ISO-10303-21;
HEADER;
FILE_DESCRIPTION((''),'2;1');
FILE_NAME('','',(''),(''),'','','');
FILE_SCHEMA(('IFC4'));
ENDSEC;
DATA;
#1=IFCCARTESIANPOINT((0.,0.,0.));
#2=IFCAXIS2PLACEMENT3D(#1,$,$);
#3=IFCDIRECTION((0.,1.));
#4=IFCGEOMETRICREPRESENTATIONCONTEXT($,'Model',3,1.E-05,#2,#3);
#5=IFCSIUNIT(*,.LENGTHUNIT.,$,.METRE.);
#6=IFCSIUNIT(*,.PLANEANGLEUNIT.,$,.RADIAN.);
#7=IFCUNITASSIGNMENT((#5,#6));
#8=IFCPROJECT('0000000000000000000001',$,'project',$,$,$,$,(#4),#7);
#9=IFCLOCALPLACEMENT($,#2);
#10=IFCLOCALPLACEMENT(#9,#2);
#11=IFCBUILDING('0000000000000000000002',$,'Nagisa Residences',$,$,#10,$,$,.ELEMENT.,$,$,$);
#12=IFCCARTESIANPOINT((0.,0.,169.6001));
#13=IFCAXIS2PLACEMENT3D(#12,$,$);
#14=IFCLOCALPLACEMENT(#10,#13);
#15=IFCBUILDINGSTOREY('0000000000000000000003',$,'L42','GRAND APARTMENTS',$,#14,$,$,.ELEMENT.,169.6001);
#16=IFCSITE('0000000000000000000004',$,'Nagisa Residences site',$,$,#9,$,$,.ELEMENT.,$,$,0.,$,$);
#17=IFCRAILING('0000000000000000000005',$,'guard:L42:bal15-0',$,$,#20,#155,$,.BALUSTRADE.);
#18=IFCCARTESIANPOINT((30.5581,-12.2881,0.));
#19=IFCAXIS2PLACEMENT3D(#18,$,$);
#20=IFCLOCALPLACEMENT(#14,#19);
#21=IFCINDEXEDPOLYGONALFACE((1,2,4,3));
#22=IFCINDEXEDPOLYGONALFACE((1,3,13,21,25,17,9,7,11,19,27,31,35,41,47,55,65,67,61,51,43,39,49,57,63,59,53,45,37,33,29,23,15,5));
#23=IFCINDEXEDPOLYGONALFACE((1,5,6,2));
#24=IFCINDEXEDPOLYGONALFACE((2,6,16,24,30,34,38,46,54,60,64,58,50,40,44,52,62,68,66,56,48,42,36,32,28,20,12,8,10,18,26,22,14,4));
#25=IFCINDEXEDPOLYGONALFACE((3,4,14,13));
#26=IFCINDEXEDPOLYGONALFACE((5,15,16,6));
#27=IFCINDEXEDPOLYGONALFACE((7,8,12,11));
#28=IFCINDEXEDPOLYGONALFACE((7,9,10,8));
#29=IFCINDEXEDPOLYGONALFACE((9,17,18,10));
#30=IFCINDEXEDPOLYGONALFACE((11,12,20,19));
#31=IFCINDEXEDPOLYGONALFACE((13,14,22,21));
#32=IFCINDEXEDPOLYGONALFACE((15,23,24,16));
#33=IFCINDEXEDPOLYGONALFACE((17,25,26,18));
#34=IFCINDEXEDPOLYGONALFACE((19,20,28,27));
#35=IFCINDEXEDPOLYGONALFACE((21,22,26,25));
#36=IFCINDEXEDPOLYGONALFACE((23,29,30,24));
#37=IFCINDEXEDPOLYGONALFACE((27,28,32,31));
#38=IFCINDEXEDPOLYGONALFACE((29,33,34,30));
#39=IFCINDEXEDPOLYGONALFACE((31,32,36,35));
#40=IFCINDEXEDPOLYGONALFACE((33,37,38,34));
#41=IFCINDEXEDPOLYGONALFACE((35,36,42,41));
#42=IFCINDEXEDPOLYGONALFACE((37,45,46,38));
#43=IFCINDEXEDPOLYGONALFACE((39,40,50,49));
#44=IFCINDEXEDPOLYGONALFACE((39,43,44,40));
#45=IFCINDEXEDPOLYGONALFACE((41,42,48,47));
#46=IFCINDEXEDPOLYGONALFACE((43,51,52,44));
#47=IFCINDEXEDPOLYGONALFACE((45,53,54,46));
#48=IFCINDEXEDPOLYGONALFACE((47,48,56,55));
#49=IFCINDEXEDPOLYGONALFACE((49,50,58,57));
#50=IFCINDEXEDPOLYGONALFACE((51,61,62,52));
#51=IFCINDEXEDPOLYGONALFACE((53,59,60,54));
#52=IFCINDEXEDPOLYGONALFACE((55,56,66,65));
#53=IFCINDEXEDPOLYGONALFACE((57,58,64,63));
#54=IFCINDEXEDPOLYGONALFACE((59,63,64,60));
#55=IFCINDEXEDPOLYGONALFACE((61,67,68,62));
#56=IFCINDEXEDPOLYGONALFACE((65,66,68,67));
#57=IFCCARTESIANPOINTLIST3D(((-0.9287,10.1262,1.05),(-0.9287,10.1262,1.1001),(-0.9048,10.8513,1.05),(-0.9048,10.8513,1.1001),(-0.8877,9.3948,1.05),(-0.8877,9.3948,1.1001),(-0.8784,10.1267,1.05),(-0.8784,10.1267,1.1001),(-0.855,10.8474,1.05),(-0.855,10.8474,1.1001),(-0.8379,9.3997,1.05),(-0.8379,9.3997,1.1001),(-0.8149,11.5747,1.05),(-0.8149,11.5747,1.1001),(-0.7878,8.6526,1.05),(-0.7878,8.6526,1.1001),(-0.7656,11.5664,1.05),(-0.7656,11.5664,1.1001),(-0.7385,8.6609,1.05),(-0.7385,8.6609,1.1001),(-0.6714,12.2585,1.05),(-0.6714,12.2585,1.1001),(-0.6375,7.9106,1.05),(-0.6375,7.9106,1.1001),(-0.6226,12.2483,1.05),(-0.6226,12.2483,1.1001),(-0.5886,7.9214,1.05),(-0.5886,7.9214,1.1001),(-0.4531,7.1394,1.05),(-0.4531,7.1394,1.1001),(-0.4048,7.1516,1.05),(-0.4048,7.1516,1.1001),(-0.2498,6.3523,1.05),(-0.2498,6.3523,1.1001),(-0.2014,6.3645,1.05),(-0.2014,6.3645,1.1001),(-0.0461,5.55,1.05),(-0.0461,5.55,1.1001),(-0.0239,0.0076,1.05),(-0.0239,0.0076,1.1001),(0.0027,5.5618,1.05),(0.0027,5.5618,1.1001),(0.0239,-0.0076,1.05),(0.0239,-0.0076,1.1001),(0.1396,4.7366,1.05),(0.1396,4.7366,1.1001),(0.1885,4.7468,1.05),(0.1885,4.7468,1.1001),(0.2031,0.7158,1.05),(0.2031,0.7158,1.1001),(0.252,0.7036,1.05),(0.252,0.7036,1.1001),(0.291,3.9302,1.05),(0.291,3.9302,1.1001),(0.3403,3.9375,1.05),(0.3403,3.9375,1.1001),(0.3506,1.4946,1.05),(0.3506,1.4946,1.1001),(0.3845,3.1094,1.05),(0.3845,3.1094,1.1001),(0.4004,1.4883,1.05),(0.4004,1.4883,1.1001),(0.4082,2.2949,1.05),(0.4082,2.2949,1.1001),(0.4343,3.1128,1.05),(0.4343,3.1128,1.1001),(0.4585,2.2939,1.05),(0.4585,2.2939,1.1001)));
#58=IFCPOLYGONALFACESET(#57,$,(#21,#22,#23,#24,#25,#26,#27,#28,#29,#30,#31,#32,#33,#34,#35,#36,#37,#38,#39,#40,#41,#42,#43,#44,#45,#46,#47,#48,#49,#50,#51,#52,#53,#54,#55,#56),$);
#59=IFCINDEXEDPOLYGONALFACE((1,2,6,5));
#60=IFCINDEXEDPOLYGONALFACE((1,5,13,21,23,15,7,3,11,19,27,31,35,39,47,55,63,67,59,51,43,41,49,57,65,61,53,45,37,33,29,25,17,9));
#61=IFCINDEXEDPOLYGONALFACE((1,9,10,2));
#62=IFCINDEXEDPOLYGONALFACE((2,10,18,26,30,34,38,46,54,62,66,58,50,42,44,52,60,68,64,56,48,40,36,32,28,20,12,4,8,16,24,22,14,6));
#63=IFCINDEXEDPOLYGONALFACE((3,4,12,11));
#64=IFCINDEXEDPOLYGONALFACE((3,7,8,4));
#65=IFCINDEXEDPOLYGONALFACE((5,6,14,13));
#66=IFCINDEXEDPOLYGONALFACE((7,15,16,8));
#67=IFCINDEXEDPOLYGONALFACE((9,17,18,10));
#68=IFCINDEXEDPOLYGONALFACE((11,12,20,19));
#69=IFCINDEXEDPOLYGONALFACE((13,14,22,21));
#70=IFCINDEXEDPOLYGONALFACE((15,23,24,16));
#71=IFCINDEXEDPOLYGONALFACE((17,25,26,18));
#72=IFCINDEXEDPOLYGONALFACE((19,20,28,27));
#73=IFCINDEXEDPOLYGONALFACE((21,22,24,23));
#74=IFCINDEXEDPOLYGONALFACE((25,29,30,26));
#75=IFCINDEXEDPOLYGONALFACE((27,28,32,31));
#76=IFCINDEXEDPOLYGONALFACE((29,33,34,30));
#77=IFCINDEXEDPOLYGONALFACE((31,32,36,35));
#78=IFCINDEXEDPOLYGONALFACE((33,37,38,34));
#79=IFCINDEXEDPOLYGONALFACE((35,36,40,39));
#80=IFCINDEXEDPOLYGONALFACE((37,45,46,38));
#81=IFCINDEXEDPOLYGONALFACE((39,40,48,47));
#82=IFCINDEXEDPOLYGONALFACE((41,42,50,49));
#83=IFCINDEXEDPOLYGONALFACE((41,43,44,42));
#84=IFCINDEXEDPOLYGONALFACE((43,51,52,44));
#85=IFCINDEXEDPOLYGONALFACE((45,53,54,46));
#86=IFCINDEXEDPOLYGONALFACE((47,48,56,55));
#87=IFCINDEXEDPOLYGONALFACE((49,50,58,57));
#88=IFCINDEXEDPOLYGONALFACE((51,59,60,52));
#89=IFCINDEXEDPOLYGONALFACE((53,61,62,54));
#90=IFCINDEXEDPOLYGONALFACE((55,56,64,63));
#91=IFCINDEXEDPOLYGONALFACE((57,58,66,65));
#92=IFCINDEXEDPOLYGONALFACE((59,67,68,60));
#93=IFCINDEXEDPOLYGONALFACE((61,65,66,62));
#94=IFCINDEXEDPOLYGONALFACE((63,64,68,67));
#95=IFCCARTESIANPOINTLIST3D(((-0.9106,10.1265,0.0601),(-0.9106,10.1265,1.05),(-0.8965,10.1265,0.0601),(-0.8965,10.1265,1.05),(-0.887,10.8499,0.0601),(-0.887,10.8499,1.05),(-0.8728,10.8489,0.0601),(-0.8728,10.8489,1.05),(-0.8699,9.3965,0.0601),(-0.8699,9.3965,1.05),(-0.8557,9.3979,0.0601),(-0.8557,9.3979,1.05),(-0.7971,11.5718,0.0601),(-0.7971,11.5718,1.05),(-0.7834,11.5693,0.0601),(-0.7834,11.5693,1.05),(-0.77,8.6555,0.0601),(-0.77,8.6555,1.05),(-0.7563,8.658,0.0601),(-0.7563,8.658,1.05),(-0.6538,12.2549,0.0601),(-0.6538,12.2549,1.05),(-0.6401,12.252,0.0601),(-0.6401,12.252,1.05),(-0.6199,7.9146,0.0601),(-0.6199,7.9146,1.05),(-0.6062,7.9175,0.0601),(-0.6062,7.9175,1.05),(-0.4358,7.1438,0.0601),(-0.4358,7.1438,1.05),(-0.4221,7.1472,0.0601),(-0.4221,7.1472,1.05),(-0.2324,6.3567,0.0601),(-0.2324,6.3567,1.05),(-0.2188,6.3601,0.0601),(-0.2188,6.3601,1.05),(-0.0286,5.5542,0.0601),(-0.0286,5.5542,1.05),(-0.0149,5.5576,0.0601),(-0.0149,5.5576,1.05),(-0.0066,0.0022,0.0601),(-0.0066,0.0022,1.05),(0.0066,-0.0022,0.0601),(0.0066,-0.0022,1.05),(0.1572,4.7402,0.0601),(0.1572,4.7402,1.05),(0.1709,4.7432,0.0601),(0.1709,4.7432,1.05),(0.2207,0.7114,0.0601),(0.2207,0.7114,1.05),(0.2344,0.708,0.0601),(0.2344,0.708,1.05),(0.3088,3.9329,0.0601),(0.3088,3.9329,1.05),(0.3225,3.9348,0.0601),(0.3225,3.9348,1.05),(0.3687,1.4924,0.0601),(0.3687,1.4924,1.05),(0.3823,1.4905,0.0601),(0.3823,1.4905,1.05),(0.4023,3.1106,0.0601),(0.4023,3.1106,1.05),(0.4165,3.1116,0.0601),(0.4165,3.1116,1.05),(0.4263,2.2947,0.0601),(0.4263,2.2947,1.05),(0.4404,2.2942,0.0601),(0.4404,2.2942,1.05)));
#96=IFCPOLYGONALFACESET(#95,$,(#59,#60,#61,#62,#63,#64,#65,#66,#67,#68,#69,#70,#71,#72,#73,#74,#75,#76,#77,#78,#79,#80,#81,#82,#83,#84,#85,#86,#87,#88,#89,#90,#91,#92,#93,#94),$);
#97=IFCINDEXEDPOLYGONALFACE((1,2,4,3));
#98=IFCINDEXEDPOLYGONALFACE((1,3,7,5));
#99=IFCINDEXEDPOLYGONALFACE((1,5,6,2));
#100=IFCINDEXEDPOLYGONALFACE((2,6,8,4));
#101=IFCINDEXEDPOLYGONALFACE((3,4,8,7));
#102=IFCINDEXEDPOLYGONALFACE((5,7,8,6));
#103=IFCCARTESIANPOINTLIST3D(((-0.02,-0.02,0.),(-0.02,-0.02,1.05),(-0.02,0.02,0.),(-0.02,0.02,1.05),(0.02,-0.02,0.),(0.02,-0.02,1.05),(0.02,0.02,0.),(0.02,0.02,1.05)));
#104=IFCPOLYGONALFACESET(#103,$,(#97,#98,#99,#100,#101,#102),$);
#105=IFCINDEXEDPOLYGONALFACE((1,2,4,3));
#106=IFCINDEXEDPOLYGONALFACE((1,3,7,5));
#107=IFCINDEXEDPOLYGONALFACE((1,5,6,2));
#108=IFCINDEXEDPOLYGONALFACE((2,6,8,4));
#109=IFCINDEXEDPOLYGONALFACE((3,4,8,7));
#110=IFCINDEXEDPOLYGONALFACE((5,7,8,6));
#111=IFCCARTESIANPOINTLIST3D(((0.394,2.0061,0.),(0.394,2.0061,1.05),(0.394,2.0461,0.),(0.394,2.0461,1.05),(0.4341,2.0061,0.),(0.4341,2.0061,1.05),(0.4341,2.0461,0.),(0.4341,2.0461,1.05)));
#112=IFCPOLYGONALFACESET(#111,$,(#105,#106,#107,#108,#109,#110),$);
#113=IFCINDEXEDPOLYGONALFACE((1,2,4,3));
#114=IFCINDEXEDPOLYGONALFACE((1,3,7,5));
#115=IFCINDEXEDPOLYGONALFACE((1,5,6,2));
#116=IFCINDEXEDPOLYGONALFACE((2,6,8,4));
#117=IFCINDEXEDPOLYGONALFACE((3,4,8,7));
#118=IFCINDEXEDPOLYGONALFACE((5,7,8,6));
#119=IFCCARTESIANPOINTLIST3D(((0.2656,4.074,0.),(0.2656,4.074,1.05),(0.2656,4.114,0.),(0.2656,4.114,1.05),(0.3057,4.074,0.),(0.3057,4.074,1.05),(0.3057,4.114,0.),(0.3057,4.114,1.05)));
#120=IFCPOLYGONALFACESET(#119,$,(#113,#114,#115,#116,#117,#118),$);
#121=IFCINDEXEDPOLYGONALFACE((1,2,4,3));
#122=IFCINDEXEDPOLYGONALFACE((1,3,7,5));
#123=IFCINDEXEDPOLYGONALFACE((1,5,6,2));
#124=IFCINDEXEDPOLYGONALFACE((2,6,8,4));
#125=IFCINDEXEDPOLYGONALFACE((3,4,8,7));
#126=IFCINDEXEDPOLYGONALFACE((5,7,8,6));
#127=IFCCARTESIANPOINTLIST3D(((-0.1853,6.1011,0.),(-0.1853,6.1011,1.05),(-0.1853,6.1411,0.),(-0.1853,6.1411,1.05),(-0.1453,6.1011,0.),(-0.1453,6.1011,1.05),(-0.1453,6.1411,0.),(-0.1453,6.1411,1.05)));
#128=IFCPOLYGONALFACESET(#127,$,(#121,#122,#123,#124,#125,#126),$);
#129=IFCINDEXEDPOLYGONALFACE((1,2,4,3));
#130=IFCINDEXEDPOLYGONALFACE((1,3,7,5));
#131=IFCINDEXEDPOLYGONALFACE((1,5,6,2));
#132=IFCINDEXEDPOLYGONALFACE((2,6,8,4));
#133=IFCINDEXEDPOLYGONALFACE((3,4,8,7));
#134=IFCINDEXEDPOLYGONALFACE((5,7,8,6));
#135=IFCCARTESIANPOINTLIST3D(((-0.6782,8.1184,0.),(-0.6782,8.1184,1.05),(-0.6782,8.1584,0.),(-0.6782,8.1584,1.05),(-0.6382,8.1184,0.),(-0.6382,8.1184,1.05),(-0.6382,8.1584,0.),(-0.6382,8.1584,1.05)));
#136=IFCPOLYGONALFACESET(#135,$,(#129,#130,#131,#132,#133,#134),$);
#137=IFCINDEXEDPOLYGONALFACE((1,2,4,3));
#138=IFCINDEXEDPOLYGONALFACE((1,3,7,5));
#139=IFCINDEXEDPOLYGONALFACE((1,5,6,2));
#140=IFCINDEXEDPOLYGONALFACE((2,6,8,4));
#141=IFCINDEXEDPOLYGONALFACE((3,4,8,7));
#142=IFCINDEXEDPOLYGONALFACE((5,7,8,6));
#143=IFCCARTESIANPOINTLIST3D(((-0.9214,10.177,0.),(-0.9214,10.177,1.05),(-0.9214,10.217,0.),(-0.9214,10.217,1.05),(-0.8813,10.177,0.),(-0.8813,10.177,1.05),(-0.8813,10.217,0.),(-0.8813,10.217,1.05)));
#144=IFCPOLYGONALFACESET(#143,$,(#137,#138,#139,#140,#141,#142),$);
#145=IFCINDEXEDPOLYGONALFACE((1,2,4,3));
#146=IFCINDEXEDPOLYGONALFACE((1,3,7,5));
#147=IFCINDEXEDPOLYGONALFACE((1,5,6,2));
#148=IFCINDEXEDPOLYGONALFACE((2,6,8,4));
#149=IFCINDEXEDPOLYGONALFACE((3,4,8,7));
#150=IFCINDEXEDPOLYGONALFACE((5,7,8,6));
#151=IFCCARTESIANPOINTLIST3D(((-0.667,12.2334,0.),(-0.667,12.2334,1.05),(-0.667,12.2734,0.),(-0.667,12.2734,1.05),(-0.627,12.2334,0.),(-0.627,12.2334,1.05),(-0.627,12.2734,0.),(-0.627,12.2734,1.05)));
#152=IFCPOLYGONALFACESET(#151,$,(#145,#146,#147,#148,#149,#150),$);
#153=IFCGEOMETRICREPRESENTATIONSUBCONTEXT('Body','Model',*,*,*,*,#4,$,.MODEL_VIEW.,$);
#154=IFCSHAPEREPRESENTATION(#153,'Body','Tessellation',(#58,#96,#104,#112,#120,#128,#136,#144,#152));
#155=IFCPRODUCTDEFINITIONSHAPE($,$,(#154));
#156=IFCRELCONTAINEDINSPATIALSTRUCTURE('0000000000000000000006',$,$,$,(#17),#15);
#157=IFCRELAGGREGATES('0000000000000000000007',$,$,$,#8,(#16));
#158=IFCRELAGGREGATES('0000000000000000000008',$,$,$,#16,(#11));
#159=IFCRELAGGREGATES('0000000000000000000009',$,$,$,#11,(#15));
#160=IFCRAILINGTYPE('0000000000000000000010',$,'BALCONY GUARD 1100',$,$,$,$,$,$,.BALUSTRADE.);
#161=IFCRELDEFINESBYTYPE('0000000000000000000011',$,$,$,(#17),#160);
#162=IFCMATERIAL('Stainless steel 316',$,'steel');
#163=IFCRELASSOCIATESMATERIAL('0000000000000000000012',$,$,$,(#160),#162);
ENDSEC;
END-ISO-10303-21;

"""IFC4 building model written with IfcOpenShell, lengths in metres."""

from ifc_helpers import new_model, si_unit, direction, frame, origin, origin_2d, place, context, subcontext, project, spatial, polyline, rectangle, outline, extrude, material, type_object, element, save


model = new_model("IFC4")

# Units and contexts
model_context = context("Model", 3, precision=1e-05, world=origin(), true_north=direction((0.0, 1.0)))
body_context = subcontext(model_context, "Body", "Model", "MODEL_VIEW")
ifc_project = project(units=[si_unit("LENGTHUNIT", "METRE"), si_unit("PLANEANGLEUNIT", "RADIAN")], contexts=[model_context])

# Site, building, storey
site_placement = place(None, origin())
site = spatial("IfcSite", under=ifc_project, at=site_placement, Name="Nagisa Residences site", CompositionType="ELEMENT", RefElevation=0.0)
building_placement = place(site_placement, origin())
building = spatial("IfcBuilding", under=site, at=building_placement, Name="Nagisa Residences", CompositionType="ELEMENT")
storey_placement = place(building_placement, frame((0.0, 0.0, 169.6001)))
storey = spatial("IfcBuildingStorey", under=building, at=storey_placement, Name="L42", Description="GRAND APARTMENTS", CompositionType="ELEMENT", Elevation=169.6001)

# Railing
ifc_material_1 = material(Name="Stainless steel 316", Category="steel")
railing_type = type_object("IfcRailingType", Name="BALCONY GUARD 1100", PredefinedType="BALUSTRADE", material=ifc_material_1)
railing_placement = place(storey_placement, frame((30.5581, -12.2881, 0.0)))
element("IfcRailing", 1, at=railing_placement, inside=storey, type_object=railing_type, Name="guard:L42:bal15-0", PredefinedType="BALUSTRADE", context=body_context, shape_type="SweptSolid", body=[
    extrude(outline(polyline([(0.2031, 0.7158), (-0.0239, 0.0076), (0.0239, -0.0076), (0.252, 0.7036), (0.4004, 1.4883), (0.4585, 2.2939), (0.4343, 3.1128), (0.3403, 3.9375), (0.1885, 4.7468), (0.0027, 5.5618), (-0.2014, 6.3645), (-0.4048, 7.1516), (-0.5886, 7.9214), (-0.7385, 8.6609), (-0.8379, 9.3997), (-0.8784, 10.1267), (-0.855, 10.8474), (-0.7656, 11.5664), (-0.6226, 12.2483), (-0.6714, 12.2585), (-0.8149, 11.5747), (-0.9048, 10.8513), (-0.9287, 10.1262), (-0.8877, 9.3948), (-0.7878, 8.6526), (-0.6375, 7.9106), (-0.4531, 7.1394), (-0.2498, 6.3523), (-0.0461, 5.55), (0.1396, 4.7366), (0.291, 3.9302), (0.3845, 3.1094), (0.4082, 2.2949), (0.3506, 1.4946), (0.2031, 0.7158)])), frame((0.0, 0.0, 1.05)), (0.0, 0.0, 1.0), 0.05),
    extrude(outline(polyline([(0.2207, 0.7114), (-0.0066, 0.0022), (0.0066, -0.0022), (0.2344, 0.708), (0.3823, 1.4905), (0.4404, 2.2942), (0.4165, 3.1116), (0.3225, 3.9348), (0.1709, 4.7432), (-0.0149, 5.5576), (-0.2188, 6.3601), (-0.4221, 7.1472), (-0.6062, 7.9175), (-0.7563, 8.658), (-0.8557, 9.3979), (-0.8965, 10.1265), (-0.8728, 10.8489), (-0.7834, 11.5693), (-0.6401, 12.252), (-0.6538, 12.2549), (-0.7971, 11.5718), (-0.887, 10.8499), (-0.9106, 10.1265), (-0.8699, 9.3965), (-0.77, 8.6555), (-0.6199, 7.9146), (-0.4358, 7.1438), (-0.2324, 6.3567), (-0.0286, 5.5542), (0.1572, 4.7402), (0.3088, 3.9329), (0.4023, 3.1106), (0.4263, 2.2947), (0.3687, 1.4924), (0.2207, 0.7114)])), frame((0.0, 0.0, 0.0601)), (0.0, 0.0, 1.0), 0.99),
    extrude(rectangle(XDim=0.04, YDim=0.04, at=origin_2d()), origin(), (0.0, 0.0, 1.0), 1.05),
    extrude(rectangle(XDim=0.04, YDim=0.04, at=origin_2d()), frame((0.4141, 2.0261, 0.0)), (0.0, 0.0, 1.0), 1.05),
    extrude(rectangle(XDim=0.04, YDim=0.04, at=origin_2d()), frame((0.2856, 4.094, 0.0)), (0.0, 0.0, 1.0), 1.05),
    extrude(rectangle(XDim=0.04, YDim=0.04, at=origin_2d()), frame((-0.1653, 6.1211, 0.0)), (0.0, 0.0, 1.0), 1.05),
    extrude(rectangle(XDim=0.04, YDim=0.04, at=origin_2d()), frame((-0.6582, 8.1384, 0.0)), (0.0, 0.0, 1.0), 1.05),
    extrude(rectangle(XDim=0.04, YDim=0.04, at=origin_2d()), frame((-0.9014, 10.197, 0.0)), (0.0, 0.0, 1.0), 1.05),
    extrude(rectangle(XDim=0.04, YDim=0.04, at=origin_2d()), frame((-0.647, 12.2534, 0.0)), (0.0, 0.0, 1.0), 1.05),
])

save(model, "model.ifc")
